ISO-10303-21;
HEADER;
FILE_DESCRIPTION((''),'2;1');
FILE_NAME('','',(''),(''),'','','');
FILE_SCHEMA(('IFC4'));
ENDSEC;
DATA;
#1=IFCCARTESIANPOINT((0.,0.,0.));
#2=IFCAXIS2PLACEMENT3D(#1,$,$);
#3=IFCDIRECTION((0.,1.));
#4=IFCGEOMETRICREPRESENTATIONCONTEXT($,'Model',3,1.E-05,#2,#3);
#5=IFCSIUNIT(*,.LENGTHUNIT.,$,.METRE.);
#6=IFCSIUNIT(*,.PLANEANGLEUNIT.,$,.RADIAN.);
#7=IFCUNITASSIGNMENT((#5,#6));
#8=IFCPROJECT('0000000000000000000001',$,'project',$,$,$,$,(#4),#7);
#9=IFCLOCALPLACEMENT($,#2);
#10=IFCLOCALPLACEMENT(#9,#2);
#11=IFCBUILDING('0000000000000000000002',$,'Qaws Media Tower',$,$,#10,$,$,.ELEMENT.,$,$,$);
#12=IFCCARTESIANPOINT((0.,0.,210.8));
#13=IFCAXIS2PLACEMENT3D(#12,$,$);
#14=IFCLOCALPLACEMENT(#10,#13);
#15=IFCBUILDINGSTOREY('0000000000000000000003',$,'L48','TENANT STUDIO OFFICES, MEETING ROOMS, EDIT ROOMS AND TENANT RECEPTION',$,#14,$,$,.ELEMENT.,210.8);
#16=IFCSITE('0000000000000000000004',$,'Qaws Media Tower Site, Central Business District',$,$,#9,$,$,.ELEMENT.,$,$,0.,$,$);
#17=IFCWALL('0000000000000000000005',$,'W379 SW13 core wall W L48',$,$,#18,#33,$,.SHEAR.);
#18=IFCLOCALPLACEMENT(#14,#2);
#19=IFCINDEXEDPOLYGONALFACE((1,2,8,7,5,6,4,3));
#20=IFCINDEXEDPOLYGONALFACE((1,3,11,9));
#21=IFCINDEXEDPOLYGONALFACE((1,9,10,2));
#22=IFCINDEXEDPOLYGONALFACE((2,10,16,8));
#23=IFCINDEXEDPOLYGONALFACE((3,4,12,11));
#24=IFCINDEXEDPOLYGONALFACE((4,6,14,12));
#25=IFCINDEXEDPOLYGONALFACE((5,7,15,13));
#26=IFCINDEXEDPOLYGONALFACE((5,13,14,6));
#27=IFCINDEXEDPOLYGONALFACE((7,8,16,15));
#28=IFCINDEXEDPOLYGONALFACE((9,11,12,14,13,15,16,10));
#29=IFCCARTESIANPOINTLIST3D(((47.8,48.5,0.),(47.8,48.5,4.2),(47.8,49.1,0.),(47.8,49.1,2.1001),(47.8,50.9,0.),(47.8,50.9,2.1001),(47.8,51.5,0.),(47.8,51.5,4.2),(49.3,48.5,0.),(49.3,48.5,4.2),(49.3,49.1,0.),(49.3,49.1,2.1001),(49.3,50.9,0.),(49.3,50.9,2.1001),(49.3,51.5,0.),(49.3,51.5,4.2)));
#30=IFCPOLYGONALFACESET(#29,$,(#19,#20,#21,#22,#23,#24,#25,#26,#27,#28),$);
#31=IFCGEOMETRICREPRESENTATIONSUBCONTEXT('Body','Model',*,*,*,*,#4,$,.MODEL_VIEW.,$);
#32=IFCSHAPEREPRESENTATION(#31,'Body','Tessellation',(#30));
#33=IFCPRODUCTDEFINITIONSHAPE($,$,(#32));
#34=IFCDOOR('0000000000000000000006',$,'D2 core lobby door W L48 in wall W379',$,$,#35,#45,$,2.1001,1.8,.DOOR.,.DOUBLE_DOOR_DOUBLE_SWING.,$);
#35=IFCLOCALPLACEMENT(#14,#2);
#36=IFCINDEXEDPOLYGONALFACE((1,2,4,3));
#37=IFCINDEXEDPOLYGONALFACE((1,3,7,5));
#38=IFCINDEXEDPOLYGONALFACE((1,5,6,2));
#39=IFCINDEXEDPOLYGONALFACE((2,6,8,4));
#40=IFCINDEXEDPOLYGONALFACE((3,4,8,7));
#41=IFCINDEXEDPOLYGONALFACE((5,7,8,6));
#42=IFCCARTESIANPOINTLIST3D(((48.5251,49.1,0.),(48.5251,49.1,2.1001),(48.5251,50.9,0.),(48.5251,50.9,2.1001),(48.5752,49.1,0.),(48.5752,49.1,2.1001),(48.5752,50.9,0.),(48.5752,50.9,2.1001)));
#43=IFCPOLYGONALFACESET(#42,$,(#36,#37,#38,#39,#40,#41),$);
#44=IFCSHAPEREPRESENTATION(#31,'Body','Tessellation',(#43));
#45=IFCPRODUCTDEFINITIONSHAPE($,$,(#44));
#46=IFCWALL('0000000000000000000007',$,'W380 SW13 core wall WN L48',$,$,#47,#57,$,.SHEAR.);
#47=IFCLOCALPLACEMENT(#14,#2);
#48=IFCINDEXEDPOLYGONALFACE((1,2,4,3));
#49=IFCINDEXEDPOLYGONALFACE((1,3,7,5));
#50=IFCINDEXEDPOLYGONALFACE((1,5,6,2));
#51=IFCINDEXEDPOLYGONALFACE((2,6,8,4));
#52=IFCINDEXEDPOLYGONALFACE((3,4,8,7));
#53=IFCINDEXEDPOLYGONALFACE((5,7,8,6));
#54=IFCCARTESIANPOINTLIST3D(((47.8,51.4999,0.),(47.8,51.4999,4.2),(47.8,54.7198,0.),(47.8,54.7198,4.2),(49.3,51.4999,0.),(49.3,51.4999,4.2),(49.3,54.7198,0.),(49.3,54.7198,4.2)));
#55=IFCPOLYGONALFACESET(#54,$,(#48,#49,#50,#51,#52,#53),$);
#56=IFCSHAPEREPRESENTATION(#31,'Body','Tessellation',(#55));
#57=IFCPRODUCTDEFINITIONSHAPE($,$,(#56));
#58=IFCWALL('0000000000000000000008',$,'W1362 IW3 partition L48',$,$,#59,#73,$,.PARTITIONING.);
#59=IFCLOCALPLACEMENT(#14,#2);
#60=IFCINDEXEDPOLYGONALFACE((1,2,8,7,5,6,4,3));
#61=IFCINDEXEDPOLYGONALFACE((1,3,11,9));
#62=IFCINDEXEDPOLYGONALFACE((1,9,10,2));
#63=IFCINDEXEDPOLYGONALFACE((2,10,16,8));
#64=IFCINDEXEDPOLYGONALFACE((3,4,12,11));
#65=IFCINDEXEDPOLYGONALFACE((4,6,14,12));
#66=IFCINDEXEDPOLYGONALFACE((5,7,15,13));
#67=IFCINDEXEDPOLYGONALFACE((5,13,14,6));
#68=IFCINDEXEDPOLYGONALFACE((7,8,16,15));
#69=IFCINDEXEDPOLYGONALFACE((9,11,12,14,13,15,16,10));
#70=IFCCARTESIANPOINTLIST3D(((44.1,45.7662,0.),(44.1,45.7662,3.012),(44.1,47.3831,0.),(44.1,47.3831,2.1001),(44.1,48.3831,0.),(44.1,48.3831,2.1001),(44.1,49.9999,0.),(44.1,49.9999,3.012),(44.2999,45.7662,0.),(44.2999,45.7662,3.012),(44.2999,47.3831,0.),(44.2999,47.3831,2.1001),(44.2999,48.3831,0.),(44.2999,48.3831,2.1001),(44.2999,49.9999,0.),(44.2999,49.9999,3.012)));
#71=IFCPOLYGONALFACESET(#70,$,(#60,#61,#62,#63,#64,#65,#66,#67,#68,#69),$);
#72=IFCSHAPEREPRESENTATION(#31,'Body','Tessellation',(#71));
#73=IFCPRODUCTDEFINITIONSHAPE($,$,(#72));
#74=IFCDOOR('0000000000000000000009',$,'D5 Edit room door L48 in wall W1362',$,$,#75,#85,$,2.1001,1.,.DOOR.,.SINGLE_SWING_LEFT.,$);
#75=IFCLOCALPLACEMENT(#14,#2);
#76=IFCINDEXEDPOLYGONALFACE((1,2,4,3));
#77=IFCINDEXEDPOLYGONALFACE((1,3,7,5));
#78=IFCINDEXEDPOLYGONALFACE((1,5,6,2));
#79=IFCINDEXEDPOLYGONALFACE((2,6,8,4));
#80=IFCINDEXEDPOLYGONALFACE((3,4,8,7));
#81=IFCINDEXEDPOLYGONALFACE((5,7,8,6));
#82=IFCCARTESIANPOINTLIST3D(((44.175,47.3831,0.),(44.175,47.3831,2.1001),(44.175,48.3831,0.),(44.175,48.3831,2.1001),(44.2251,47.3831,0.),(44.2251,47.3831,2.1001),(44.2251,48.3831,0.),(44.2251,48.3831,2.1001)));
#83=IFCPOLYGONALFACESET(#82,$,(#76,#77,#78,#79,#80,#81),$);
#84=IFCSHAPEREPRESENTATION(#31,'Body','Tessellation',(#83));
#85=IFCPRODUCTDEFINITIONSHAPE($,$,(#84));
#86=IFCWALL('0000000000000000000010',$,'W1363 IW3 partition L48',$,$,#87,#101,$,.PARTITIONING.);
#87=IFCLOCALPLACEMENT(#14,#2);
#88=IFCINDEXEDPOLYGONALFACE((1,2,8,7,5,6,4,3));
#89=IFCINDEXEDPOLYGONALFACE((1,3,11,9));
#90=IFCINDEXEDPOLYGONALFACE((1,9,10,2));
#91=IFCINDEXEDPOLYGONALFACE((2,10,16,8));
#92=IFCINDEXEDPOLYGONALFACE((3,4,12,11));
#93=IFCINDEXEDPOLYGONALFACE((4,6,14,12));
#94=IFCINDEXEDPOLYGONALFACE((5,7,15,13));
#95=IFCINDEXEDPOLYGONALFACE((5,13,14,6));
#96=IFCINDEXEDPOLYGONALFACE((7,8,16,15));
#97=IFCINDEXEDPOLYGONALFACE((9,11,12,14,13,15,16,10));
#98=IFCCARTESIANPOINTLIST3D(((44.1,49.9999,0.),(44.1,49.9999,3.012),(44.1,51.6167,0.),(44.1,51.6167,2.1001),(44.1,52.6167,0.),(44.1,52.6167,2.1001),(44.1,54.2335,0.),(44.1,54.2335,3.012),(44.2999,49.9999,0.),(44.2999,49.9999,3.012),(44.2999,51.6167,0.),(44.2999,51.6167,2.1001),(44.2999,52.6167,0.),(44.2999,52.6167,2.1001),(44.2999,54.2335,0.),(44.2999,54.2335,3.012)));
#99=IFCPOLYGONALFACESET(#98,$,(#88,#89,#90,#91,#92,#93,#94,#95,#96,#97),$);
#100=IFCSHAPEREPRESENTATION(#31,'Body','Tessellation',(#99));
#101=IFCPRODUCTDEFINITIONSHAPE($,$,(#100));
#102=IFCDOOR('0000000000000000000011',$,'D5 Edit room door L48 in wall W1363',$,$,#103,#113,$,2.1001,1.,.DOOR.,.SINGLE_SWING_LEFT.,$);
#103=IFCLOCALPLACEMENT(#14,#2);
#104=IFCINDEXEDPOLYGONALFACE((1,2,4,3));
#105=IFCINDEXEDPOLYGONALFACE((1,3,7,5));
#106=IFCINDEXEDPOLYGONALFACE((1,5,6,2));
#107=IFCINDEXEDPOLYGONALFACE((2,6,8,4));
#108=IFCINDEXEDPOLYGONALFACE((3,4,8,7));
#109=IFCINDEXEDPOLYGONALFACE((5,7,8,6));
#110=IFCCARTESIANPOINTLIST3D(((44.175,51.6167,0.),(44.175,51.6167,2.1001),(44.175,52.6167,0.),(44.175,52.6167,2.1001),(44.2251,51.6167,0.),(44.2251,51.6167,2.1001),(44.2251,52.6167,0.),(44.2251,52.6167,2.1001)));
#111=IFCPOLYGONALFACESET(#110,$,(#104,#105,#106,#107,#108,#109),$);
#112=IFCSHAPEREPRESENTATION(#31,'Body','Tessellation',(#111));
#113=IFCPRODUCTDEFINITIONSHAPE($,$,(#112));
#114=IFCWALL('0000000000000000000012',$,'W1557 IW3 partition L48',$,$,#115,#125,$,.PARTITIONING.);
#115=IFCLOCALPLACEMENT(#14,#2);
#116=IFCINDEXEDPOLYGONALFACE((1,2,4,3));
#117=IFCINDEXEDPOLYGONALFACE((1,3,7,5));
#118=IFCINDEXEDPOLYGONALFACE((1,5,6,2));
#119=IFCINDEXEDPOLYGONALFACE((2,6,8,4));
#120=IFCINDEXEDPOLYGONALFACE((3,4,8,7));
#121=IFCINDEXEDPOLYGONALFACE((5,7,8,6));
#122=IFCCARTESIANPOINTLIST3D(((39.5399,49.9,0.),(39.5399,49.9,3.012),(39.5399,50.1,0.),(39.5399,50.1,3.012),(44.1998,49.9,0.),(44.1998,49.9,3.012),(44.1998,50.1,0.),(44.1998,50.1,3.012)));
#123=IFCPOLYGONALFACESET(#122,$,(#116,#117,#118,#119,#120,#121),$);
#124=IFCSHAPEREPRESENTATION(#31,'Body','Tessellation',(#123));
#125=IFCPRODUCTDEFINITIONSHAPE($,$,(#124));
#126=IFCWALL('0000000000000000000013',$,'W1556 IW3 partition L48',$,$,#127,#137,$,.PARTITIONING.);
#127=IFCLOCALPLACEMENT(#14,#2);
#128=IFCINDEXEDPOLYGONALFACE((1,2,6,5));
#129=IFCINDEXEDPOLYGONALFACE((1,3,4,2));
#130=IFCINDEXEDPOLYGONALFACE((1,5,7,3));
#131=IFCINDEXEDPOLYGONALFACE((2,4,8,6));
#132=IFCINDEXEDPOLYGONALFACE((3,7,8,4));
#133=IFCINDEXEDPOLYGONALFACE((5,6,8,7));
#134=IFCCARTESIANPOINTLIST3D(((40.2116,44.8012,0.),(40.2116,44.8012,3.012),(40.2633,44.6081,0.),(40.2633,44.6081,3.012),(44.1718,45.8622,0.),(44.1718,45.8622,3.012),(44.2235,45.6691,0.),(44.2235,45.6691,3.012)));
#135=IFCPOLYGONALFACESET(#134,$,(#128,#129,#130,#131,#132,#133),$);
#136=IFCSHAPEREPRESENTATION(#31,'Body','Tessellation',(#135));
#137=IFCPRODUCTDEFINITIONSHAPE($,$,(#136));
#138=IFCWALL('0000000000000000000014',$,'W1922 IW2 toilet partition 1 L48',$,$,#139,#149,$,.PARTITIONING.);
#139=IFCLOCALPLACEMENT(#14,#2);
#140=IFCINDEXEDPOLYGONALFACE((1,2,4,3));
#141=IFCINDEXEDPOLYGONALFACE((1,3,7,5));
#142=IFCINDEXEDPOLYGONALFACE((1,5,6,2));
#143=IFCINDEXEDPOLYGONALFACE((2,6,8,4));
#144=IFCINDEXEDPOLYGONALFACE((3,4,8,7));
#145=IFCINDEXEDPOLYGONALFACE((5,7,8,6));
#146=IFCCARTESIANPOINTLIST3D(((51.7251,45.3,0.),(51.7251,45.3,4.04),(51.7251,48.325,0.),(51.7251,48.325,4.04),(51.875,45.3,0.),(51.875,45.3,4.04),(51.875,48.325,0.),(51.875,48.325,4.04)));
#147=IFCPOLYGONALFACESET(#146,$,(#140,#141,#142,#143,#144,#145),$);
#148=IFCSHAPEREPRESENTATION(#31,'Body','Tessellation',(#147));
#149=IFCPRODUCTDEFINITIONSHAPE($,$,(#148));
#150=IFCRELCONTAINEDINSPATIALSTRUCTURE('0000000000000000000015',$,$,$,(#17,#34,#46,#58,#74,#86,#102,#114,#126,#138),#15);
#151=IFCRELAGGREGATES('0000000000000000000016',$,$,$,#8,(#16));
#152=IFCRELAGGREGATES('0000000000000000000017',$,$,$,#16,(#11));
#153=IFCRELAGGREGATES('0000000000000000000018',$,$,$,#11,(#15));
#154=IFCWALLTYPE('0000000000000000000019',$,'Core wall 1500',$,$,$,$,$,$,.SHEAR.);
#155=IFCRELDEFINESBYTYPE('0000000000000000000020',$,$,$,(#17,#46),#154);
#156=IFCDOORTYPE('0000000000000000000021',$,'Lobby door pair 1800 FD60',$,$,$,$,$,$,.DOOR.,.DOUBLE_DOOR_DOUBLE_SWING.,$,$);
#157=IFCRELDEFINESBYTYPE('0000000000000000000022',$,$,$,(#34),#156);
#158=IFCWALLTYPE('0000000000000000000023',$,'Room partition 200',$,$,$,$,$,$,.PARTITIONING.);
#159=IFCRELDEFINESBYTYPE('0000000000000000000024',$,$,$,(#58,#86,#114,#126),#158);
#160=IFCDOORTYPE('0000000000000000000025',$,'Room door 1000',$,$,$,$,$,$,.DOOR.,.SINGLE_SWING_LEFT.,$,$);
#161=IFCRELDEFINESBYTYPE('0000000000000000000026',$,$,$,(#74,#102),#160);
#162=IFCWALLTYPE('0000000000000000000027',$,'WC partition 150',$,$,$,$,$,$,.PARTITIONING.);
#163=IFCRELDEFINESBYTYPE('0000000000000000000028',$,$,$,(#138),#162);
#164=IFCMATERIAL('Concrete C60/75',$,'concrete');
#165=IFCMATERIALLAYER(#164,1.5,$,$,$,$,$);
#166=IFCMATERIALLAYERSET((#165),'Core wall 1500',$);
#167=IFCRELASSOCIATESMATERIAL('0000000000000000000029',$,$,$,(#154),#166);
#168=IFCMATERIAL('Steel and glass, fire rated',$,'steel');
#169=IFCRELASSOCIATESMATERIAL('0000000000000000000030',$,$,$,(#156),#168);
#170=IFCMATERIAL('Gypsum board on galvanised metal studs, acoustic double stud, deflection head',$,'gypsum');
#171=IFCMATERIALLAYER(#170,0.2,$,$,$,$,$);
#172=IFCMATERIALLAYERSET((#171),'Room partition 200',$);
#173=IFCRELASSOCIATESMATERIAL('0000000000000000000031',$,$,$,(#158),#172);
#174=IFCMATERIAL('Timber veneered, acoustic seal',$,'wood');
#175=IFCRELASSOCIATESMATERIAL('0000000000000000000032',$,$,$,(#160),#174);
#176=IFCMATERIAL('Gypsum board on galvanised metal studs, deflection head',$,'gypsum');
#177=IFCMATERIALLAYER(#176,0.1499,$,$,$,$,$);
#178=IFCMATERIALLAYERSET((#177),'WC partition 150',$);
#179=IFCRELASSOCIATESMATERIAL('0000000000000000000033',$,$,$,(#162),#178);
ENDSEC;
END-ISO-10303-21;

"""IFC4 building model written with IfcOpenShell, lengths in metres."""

from ifc_helpers import new_model, si_unit, direction, frame, frame_2d, origin, place, context, subcontext, project, spatial, rectangle, extrude, material, layer, layer_set, type_object, element, fill, save


model = new_model("IFC4")

# Units and contexts
model_context = context("Model", 3, precision=1e-05, world=origin(), true_north=direction((0.0, 1.0)))
body_context = subcontext(model_context, "Body", "Model", "MODEL_VIEW")
ifc_project = project(units=[si_unit("LENGTHUNIT", "METRE"), si_unit("PLANEANGLEUNIT", "RADIAN")], contexts=[model_context])

# Site, building, storey
site_placement = place(None, origin())
site = spatial("IfcSite", under=ifc_project, at=site_placement, Name="Qaws Media Tower Site, Central Business District", CompositionType="ELEMENT", RefElevation=0.0)
building_placement = place(site_placement, origin())
building = spatial("IfcBuilding", under=site, at=building_placement, Name="Qaws Media Tower", CompositionType="ELEMENT")
storey_placement = place(building_placement, frame((0.0, 0.0, 210.8)))
storey = spatial("IfcBuildingStorey", under=building, at=storey_placement, Name="L48", Description="TENANT STUDIO OFFICES, MEETING ROOMS, EDIT ROOMS AND TENANT RECEPTION", CompositionType="ELEMENT", Elevation=210.8)

# Shared definitions
ifc_material_1 = material(Name="Concrete C60/75", Category="concrete")
ifc_layer_1 = layer(ifc_material_1, 1.5)
ifc_layer_set_1 = layer_set([ifc_layer_1], Name="Core wall 1500")
wall_type_1 = type_object("IfcWallType", Name="Core wall 1500", PredefinedType="SHEAR", material=ifc_layer_set_1)

# Wall, opening, door
wall_1_placement = place(storey_placement, frame((48.55, 48.5, 0.0), z_axis=(0.0, 0.0, 1.0), x_axis=(0.0, 1.0, 0.0)))
wall_1 = element("IfcWall", 1, at=wall_1_placement, inside=storey, type_object=wall_type_1, Name="W379 SW13 core wall W L48", PredefinedType="SHEAR", context=body_context, shape_type="SweptSolid", body=[
    extrude(rectangle(XDim=3.0, YDim=1.5, at=frame_2d((1.5, 0.0))), origin(), (0.0, 0.0, 1.0), 4.2),
])
opening_1_placement = place(wall_1_placement, frame((0.6001, 0.0, 0.0)))
opening_1 = element("IfcOpeningElement", 2, at=opening_1_placement, cuts=wall_1, PredefinedType="OPENING", context=body_context, shape_type="SweptSolid", body=[
    extrude(rectangle(XDim=1.8, YDim=2.1001, at=frame_2d((0.8999, 1.05))), frame((0.0, 0.76, 0.0), z_axis=(0.0, -1.0, 0.0), x_axis=(1.0, 0.0, 0.0)), (0.0, 0.0, 1.0), 1.52),
])
ifc_material_2 = material(Name="Steel and glass, fire rated", Category="steel")
door_type_1 = type_object("IfcDoorType", Name="Lobby door pair 1800 FD60", OperationType="DOUBLE_DOOR_DOUBLE_SWING", PredefinedType="DOOR", material=ifc_material_2)
door_1_placement = place(opening_1_placement, origin())
door_1 = element("IfcDoor", 3, at=door_1_placement, inside=storey, type_object=door_type_1, Name="D2 core lobby door W L48 in wall W379", OperationType="DOUBLE_DOOR_DOUBLE_SWING", OverallHeight=2.1001, OverallWidth=1.8, PredefinedType="DOOR", context=body_context, shape_type="SweptSolid", body=[
    extrude(rectangle(XDim=1.8, YDim=2.1001, at=frame_2d((0.8999, 1.05))), frame((0.0, 0.0249, 0.0), z_axis=(0.0, -1.0, 0.0), x_axis=(1.0, 0.0, 0.0)), (0.0, 0.0, 1.0), 0.05),
])
fill(opening_1, door_1)

# Wall
wall_2_placement = place(storey_placement, frame((48.55, 51.5, 0.0), z_axis=(0.0, 0.0, 1.0), x_axis=(0.0, 1.0, 0.0)))
element("IfcWall", 4, at=wall_2_placement, inside=storey, type_object=wall_type_1, Name="W380 SW13 core wall WN L48", PredefinedType="SHEAR", context=body_context, shape_type="SweptSolid", body=[
    extrude(rectangle(XDim=3.22, YDim=1.5, at=frame_2d((1.6099, 0.0))), origin(), (0.0, 0.0, 1.0), 4.2),
])

# Walls, openings, doors
ifc_material_3 = material(Name="Gypsum board on galvanised metal studs, acoustic double stud, deflection head", Category="gypsum")
ifc_layer_2 = layer(ifc_material_3, 0.2)
ifc_layer_set_2 = layer_set([ifc_layer_2], Name="Room partition 200")
wall_type_2 = type_object("IfcWallType", Name="Room partition 200", PredefinedType="PARTITIONING", material=ifc_layer_set_2)
wall_3_placement = place(storey_placement, frame((44.2, 45.7664, 0.0), z_axis=(0.0, 0.0, 1.0), x_axis=(0.0, 1.0, 0.0)))
wall_3 = element("IfcWall", 5, at=wall_3_placement, inside=storey, type_object=wall_type_2, Name="W1362 IW3 partition L48", PredefinedType="PARTITIONING", context=body_context, shape_type="SweptSolid", body=[
    extrude(rectangle(XDim=4.2336, YDim=0.2, at=frame_2d((2.1167, 0.0))), origin(), (0.0, 0.0, 1.0), 3.012),
])
opening_2_placement = place(wall_3_placement, frame((1.6167, 0.0, 0.0)))
opening_2 = element("IfcOpeningElement", 6, at=opening_2_placement, cuts=wall_3, PredefinedType="OPENING", context=body_context, shape_type="SweptSolid", body=[
    extrude(rectangle(XDim=1.0, YDim=2.1001, at=frame_2d((0.5, 1.05))), frame((0.0, 0.1099, 0.0), z_axis=(0.0, -1.0, 0.0), x_axis=(1.0, 0.0, 0.0)), (0.0, 0.0, 1.0), 0.22),
])
ifc_material_4 = material(Name="Timber veneered, acoustic seal", Category="wood")
door_type_2 = type_object("IfcDoorType", Name="Room door 1000", OperationType="SINGLE_SWING_LEFT", PredefinedType="DOOR", material=ifc_material_4)
door_2_placement = place(opening_2_placement, origin())
door_2 = element("IfcDoor", 7, at=door_2_placement, inside=storey, type_object=door_type_2, Name="D5 Edit room door L48 in wall W1362", OperationType="SINGLE_SWING_LEFT", OverallHeight=2.1001, OverallWidth=1.0, PredefinedType="DOOR", context=body_context, shape_type="SweptSolid", body=[
    extrude(rectangle(XDim=1.0, YDim=2.1001, at=frame_2d((0.5, 1.05))), frame((0.0, 0.0249, 0.0), z_axis=(0.0, -1.0, 0.0), x_axis=(1.0, 0.0, 0.0)), (0.0, 0.0, 1.0), 0.05),
])
fill(opening_2, door_2)
wall_4_placement = place(storey_placement, frame((44.2, 50.0, 0.0), z_axis=(0.0, 0.0, 1.0), x_axis=(0.0, 1.0, 0.0)))
wall_4 = element("IfcWall", 8, at=wall_4_placement, inside=storey, type_object=wall_type_2, Name="W1363 IW3 partition L48", PredefinedType="PARTITIONING", context=body_context, shape_type="SweptSolid", body=[
    extrude(rectangle(XDim=4.2336, YDim=0.2, at=frame_2d((2.1167, 0.0))), origin(), (0.0, 0.0, 1.0), 3.012),
])
opening_3_placement = place(wall_4_placement, frame((1.6167, 0.0, 0.0)))
opening_3 = element("IfcOpeningElement", 9, at=opening_3_placement, cuts=wall_4, PredefinedType="OPENING", context=body_context, shape_type="SweptSolid", body=[
    extrude(rectangle(XDim=1.0, YDim=2.1001, at=frame_2d((0.5, 1.05))), frame((0.0, 0.1099, 0.0), z_axis=(0.0, -1.0, 0.0), x_axis=(1.0, 0.0, 0.0)), (0.0, 0.0, 1.0), 0.22),
])
door_3_placement = place(opening_3_placement, origin())
door_3 = element("IfcDoor", 10, at=door_3_placement, inside=storey, type_object=door_type_2, Name="D5 Edit room door L48 in wall W1363", OperationType="SINGLE_SWING_LEFT", OverallHeight=2.1001, OverallWidth=1.0, PredefinedType="DOOR", context=body_context, shape_type="SweptSolid", body=[
    extrude(rectangle(XDim=1.0, YDim=2.1001, at=frame_2d((0.5, 1.05))), frame((0.0, 0.0249, 0.0), z_axis=(0.0, -1.0, 0.0), x_axis=(1.0, 0.0, 0.0)), (0.0, 0.0, 1.0), 0.05),
])
fill(opening_3, door_3)

# Walls
wall_5_placement = place(storey_placement, frame((44.2, 50.0, 0.0), z_axis=(0.0, 0.0, 1.0), x_axis=(-1.0, 0.0, 0.0)))
element("IfcWall", 11, at=wall_5_placement, inside=storey, type_object=wall_type_2, Name="W1557 IW3 partition L48", PredefinedType="PARTITIONING", context=body_context, shape_type="SweptSolid", body=[
    extrude(rectangle(XDim=4.6599, YDim=0.2, at=frame_2d((2.3301, 0.0))), origin(), (0.0, 0.0, 1.0), 3.012),
])
wall_6_placement = place(storey_placement, frame((44.1975, 45.7656, 0.0), z_axis=(0.0, 0.0, 1.0), x_axis=(-0.965932, -0.258797, 0.0)))
element("IfcWall", 12, at=wall_6_placement, inside=storey, type_object=wall_type_2, Name="W1556 IW3 partition L48", PredefinedType="PARTITIONING", context=body_context, shape_type="SweptSolid", body=[
    extrude(rectangle(XDim=4.0999, YDim=0.2, at=frame_2d((2.0498, 0.0))), origin(), (0.0, 0.0, 1.0), 3.012),
])
ifc_material_5 = material(Name="Gypsum board on galvanised metal studs, deflection head", Category="gypsum")
ifc_layer_3 = layer(ifc_material_5, 0.1499)
ifc_layer_set_3 = layer_set([ifc_layer_3], Name="WC partition 150")
wall_type_3 = type_object("IfcWallType", Name="WC partition 150", PredefinedType="PARTITIONING", material=ifc_layer_set_3)
wall_7_placement = place(storey_placement, frame((51.8, 45.3, 0.0), z_axis=(0.0, 0.0, 1.0), x_axis=(0.0, 1.0, 0.0)))
element("IfcWall", 13, at=wall_7_placement, inside=storey, type_object=wall_type_3, Name="W1922 IW2 toilet partition 1 L48", PredefinedType="PARTITIONING", context=body_context, shape_type="SweptSolid", body=[
    extrude(rectangle(XDim=3.0249, YDim=0.1499, at=frame_2d((1.5125, 0.0))), origin(), (0.0, 0.0, 1.0), 4.04),
])

save(model, "model.ifc")
